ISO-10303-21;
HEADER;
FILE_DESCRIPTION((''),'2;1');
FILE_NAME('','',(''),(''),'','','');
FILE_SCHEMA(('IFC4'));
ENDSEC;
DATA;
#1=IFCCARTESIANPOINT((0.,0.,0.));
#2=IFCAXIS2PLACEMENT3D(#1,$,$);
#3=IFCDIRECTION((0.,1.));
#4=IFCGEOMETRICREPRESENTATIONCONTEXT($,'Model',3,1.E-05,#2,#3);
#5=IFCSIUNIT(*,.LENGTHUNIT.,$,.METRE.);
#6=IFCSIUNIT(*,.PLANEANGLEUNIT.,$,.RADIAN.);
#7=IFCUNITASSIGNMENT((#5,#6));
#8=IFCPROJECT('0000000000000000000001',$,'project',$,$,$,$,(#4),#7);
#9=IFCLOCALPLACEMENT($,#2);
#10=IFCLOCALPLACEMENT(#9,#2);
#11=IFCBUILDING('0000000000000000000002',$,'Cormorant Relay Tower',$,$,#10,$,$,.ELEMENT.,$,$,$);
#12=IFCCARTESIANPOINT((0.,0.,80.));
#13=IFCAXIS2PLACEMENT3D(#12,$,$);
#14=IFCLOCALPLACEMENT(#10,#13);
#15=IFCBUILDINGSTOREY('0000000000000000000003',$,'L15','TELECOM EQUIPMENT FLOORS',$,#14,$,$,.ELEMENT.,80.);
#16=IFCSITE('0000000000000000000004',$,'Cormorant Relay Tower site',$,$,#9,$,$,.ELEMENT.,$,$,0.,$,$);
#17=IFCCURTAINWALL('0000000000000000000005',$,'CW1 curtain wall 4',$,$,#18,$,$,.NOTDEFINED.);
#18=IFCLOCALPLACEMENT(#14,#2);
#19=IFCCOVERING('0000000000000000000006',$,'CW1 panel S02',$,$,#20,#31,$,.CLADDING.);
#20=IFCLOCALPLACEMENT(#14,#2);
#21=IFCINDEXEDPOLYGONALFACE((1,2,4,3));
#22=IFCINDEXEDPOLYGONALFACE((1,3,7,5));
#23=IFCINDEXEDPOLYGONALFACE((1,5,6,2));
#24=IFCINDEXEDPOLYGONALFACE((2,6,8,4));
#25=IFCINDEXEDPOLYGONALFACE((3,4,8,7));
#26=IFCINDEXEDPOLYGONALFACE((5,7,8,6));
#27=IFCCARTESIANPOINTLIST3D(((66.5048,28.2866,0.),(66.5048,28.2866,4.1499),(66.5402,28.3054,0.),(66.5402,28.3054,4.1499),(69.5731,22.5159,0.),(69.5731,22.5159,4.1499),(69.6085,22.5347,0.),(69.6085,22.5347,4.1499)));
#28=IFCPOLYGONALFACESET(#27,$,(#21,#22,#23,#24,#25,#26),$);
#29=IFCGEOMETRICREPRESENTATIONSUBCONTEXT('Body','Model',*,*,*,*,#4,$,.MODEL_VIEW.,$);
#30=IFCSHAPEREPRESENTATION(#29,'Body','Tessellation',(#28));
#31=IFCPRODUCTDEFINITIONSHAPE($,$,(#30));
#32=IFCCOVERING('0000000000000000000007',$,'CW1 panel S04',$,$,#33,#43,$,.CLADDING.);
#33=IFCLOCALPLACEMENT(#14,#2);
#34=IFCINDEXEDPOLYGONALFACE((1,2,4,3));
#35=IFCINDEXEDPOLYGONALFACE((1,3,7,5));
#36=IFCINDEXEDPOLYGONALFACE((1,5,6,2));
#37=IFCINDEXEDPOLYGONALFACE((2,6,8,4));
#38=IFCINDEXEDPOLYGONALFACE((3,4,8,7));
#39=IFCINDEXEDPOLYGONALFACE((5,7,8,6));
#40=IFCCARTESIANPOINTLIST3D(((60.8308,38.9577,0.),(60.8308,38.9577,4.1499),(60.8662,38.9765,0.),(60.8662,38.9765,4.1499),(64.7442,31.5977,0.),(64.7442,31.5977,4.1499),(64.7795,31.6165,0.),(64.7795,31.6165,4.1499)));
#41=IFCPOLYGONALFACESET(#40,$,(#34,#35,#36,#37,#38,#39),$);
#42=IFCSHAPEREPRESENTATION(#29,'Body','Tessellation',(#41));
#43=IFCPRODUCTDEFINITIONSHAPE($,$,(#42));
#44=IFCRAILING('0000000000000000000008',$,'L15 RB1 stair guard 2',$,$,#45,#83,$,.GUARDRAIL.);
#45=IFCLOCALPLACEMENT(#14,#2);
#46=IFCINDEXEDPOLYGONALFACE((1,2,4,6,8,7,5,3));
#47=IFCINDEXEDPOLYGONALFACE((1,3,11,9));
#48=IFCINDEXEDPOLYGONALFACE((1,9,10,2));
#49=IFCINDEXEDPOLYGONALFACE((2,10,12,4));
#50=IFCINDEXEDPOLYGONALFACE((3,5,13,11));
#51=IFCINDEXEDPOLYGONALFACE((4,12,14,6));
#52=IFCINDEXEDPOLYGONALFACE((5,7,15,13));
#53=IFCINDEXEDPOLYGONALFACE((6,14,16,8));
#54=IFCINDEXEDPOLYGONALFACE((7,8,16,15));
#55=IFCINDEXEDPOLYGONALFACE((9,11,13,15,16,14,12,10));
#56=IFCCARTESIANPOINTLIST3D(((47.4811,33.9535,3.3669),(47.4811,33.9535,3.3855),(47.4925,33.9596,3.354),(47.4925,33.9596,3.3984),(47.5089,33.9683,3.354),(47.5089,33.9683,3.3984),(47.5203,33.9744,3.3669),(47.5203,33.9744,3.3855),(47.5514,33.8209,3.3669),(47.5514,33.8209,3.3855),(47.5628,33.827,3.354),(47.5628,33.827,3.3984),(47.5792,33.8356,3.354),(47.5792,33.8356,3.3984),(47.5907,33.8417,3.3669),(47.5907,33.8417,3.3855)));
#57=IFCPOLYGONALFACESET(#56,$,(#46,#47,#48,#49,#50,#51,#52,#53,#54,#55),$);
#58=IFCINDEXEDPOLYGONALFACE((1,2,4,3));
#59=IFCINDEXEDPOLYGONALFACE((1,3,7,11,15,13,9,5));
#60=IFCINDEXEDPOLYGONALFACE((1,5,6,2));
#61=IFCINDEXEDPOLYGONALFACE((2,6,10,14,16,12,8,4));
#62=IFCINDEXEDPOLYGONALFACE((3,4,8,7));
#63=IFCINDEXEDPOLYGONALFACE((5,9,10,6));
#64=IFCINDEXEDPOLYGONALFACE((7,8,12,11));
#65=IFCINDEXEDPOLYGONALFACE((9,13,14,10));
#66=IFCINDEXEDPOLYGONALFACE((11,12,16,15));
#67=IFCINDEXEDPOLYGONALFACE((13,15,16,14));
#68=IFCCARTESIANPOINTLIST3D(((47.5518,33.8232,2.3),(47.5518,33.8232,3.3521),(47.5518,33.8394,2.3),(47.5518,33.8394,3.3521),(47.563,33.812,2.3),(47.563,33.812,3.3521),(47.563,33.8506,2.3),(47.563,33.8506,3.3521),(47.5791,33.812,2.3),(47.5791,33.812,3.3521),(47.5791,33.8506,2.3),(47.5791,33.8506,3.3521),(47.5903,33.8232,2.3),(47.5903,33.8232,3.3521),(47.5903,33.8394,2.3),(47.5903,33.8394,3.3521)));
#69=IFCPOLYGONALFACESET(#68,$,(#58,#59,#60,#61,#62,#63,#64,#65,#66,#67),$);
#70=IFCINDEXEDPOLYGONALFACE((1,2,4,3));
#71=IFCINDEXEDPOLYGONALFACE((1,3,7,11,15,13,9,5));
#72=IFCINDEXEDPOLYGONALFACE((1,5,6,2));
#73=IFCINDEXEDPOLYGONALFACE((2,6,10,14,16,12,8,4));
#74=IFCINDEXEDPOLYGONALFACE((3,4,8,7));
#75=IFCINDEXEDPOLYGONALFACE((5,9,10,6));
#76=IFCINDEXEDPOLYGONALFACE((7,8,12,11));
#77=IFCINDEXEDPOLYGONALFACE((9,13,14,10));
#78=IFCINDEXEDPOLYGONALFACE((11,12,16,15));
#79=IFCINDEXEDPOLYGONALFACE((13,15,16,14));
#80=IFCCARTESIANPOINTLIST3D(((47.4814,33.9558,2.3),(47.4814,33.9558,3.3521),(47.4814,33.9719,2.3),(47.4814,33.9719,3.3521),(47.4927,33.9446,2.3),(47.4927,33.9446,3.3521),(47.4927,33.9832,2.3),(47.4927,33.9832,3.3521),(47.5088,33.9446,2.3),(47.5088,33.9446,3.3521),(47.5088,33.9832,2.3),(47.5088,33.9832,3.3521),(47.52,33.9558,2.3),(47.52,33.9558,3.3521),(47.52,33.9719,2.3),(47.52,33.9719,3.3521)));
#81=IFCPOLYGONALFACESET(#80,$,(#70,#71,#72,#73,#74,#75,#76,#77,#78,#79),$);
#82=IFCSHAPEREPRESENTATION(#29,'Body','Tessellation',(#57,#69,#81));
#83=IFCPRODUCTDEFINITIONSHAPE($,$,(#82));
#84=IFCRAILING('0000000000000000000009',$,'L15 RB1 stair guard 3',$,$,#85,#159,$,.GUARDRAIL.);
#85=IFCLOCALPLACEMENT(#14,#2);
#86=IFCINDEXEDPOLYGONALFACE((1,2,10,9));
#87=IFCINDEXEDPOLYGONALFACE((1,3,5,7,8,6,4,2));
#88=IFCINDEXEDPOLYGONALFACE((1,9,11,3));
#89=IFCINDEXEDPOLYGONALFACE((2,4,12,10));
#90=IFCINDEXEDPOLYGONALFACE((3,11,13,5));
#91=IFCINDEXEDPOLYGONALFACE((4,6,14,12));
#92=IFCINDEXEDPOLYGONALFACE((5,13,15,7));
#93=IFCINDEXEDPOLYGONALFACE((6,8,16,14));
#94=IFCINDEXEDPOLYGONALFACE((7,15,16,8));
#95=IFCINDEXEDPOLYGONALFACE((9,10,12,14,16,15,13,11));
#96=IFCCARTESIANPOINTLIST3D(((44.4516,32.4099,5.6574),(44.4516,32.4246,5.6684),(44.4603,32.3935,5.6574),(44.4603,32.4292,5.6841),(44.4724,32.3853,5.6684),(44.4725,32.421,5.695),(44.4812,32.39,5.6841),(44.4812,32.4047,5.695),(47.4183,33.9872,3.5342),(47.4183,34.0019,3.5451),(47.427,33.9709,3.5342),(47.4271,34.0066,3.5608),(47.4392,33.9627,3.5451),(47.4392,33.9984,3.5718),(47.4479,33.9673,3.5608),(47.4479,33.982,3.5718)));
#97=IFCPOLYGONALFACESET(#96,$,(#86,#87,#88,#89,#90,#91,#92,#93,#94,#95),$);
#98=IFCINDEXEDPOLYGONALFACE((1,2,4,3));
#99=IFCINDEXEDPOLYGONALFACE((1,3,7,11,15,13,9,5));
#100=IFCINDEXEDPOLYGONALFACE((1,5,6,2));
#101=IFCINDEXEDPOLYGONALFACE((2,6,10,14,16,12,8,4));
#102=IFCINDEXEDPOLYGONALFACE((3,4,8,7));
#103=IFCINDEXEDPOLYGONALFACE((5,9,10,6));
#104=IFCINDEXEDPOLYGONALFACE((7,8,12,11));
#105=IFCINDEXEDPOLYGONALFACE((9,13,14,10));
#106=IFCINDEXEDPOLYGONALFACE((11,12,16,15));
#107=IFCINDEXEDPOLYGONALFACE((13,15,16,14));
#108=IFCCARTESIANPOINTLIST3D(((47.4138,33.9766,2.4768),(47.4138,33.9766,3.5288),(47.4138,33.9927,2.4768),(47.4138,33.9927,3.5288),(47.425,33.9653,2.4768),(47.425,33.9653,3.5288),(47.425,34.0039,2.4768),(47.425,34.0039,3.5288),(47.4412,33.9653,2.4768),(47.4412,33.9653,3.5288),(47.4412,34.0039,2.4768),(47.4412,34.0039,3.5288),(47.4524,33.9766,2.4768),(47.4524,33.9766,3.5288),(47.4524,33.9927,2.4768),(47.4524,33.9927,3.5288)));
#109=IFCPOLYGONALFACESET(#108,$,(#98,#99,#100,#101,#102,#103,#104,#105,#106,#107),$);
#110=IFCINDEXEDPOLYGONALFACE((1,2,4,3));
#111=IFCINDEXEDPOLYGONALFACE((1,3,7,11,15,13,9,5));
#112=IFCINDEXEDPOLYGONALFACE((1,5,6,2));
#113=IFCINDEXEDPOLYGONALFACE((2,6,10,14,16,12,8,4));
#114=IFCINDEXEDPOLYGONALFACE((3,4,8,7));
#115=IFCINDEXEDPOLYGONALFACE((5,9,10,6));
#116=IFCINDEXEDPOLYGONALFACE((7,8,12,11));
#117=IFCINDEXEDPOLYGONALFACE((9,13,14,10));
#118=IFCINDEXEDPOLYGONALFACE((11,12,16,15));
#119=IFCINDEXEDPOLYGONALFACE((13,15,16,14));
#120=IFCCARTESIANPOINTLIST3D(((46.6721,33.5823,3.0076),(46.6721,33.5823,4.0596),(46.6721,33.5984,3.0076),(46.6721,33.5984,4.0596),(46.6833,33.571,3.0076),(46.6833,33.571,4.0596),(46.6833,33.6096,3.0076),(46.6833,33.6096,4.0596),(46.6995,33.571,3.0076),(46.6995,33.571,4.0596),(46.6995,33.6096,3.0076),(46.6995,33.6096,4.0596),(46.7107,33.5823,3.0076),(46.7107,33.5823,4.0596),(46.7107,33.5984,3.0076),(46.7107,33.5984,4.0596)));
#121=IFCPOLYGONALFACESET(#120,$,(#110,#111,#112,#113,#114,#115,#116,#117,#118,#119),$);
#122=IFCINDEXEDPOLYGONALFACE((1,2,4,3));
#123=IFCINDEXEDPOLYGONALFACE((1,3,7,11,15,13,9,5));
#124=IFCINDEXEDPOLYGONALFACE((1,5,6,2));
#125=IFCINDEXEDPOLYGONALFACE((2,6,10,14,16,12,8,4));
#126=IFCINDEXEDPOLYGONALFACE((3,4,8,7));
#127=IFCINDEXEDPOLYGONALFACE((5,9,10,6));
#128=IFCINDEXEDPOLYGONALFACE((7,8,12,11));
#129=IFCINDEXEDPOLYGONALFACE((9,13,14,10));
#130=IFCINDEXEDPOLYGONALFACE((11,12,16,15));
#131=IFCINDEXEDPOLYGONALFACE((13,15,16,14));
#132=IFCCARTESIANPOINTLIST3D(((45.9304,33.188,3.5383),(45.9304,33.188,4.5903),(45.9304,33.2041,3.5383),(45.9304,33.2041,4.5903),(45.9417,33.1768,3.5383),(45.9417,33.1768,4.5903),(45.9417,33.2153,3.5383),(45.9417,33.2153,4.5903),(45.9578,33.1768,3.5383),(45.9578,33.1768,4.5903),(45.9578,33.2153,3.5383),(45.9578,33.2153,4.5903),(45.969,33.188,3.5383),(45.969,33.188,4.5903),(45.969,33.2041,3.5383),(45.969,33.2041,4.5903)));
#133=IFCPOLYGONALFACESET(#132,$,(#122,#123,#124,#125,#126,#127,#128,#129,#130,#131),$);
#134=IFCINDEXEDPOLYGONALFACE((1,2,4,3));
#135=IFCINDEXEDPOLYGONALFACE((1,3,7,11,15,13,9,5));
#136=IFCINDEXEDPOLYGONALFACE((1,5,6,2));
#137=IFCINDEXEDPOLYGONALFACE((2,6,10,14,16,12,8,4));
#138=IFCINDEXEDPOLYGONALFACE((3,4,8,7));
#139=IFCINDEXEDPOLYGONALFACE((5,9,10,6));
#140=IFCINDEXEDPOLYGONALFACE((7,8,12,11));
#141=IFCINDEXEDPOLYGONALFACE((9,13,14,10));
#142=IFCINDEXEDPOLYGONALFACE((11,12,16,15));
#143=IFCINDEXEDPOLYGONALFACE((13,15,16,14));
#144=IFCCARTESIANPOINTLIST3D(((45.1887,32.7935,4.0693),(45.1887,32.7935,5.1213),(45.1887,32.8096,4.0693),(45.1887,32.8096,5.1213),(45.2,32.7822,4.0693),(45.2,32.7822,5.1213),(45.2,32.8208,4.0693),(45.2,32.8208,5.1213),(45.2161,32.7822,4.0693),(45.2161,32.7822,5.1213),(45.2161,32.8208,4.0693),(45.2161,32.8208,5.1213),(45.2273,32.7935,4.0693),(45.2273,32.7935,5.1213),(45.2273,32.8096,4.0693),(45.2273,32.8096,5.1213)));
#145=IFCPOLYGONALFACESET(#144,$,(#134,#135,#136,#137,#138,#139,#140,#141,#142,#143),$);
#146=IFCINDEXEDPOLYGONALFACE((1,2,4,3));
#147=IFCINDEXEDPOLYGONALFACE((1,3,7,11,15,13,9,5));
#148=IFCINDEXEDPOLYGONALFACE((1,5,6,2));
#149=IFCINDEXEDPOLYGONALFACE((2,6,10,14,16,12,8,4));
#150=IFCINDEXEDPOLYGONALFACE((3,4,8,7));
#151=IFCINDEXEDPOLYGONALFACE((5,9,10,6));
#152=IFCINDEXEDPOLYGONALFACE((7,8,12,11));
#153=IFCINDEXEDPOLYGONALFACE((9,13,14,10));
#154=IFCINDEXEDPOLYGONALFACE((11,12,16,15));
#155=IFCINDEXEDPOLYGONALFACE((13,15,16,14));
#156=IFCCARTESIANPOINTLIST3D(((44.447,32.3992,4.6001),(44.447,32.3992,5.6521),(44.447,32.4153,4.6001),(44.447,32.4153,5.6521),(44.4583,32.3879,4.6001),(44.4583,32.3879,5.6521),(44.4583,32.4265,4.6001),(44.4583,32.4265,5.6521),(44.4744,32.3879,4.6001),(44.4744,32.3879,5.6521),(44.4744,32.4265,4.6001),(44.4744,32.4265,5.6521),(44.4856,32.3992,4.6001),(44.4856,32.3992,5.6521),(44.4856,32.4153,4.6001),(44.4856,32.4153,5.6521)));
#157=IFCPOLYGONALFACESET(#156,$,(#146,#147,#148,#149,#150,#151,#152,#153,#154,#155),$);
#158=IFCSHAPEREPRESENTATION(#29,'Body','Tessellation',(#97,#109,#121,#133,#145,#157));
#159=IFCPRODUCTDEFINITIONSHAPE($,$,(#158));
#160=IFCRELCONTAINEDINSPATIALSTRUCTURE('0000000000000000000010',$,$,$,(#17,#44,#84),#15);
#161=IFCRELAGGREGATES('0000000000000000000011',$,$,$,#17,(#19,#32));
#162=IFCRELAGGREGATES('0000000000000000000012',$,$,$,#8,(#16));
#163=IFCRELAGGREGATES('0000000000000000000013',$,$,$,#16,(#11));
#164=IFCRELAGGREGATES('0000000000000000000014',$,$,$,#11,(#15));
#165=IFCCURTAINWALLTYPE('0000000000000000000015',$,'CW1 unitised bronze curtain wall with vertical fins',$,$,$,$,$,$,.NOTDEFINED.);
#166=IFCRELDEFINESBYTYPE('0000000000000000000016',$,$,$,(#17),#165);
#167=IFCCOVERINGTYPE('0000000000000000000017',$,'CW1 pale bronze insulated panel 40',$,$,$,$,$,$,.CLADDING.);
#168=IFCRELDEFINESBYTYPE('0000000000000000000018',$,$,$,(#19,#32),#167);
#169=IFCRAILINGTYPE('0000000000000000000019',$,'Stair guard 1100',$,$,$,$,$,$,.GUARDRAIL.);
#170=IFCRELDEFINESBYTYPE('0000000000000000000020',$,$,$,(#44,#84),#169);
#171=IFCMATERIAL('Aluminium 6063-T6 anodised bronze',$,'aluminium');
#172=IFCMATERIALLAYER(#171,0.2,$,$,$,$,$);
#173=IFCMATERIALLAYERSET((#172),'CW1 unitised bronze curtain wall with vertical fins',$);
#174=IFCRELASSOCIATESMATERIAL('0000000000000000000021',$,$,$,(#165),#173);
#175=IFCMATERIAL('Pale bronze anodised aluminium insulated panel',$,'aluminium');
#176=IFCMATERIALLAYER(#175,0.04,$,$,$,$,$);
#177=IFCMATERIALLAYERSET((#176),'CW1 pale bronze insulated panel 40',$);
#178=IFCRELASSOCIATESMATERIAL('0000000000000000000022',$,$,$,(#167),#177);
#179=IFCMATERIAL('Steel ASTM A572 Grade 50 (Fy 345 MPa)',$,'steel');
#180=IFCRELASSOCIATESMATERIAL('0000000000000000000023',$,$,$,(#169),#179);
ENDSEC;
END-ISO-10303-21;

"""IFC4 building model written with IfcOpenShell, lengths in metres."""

from ifc_helpers import new_model, si_unit, direction, frame, origin, origin_2d, place, context, subcontext, project, spatial, polyline, rectangle, outline, extrude, material, layer, layer_set, type_object, element, aggregate, save


model = new_model("IFC4")

# Units and contexts
model_context = context("Model", 3, precision=1e-05, world=origin(), true_north=direction((0.0, 1.0)))
body_context = subcontext(model_context, "Body", "Model", "MODEL_VIEW")
ifc_project = project(units=[si_unit("LENGTHUNIT", "METRE"), si_unit("PLANEANGLEUNIT", "RADIAN")], contexts=[model_context])

# Site, building, storey
site_placement = place(None, origin())
site = spatial("IfcSite", under=ifc_project, at=site_placement, Name="Cormorant Relay Tower site", CompositionType="ELEMENT", RefElevation=0.0)
building_placement = place(site_placement, origin())
building = spatial("IfcBuilding", under=site, at=building_placement, Name="Cormorant Relay Tower", CompositionType="ELEMENT")
storey_placement = place(building_placement, frame((0.0, 0.0, 80.0)))
storey = spatial("IfcBuildingStorey", under=building, at=storey_placement, Name="L15", Description="TELECOM EQUIPMENT FLOORS", CompositionType="ELEMENT", Elevation=80.0)

# Curtain wall
ifc_material_1 = material(Name="Aluminium 6063-T6 anodised bronze", Category="aluminium")
ifc_layer_1 = layer(ifc_material_1, 0.2)
ifc_layer_set_1 = layer_set([ifc_layer_1], Name="CW1 unitised bronze curtain wall with vertical fins")
curtain_wall_type = type_object("IfcCurtainWallType", Name="CW1 unitised bronze curtain wall with vertical fins", PredefinedType="NOTDEFINED", material=ifc_layer_set_1)
curtain_wall_placement = place(storey_placement, origin())
curtain_wall = element("IfcCurtainWall", 1, at=curtain_wall_placement, inside=storey, type_object=curtain_wall_type, Name="CW1 curtain wall 4", PredefinedType="NOTDEFINED")

# Coverings
ifc_material_2 = material(Name="Pale bronze anodised aluminium insulated panel", Category="aluminium")
ifc_layer_2 = layer(ifc_material_2, 0.04)
ifc_layer_set_2 = layer_set([ifc_layer_2], Name="CW1 pale bronze insulated panel 40")
covering_type = type_object("IfcCoveringType", Name="CW1 pale bronze insulated panel 40", PredefinedType="CLADDING", material=ifc_layer_set_2)
covering_1_placement = place(storey_placement, frame((68.0566, 25.4106, 0.0), z_axis=(0.0, 0.0, 1.0), x_axis=(-0.469472, 0.882948, 0.0)))
covering_1 = element("IfcCovering", 2, at=covering_1_placement, type_object=covering_type, Name="CW1 panel S02", PredefinedType="CLADDING", context=body_context, shape_type="SweptSolid", body=[
    extrude(rectangle(XDim=6.5356, YDim=0.04, at=origin_2d()), origin(), (0.0, 0.0, 1.0), 4.1499),
])
covering_2_placement = place(storey_placement, frame((62.8052, 35.2871, 0.0), z_axis=(0.0, 0.0, 1.0), x_axis=(-0.469472, 0.882948, 0.0)))
covering_2 = element("IfcCovering", 3, at=covering_2_placement, type_object=covering_type, Name="CW1 panel S04", PredefinedType="CLADDING", context=body_context, shape_type="SweptSolid", body=[
    extrude(rectangle(XDim=8.3357, YDim=0.04, at=origin_2d()), origin(), (0.0, 0.0, 1.0), 4.1499),
])
aggregate(curtain_wall, [covering_1, covering_2])

# Railings
ifc_material_3 = material(Name="Steel ASTM A572 Grade 50 (Fy 345 MPa)", Category="steel")
railing_type_1 = type_object("IfcRailingType", Name="Stair guard 1100", PredefinedType="GUARDRAIL", material=ifc_material_3)
railing_1_placement = place(storey_placement, frame((47.571, 33.8313, 2.3)))
element("IfcRailing", 4, at=railing_1_placement, inside=storey, type_object=railing_type_1, Name="L15 RB1 stair guard 2", PredefinedType="GUARDRAIL", context=body_context, shape_type="SweptSolid", body=[
    extrude(outline(polyline([(0.0222, 0.0093), (0.0093, 0.0222), (-0.0093, 0.0222), (-0.0222, 0.0093), (-0.0222, -0.0093), (-0.0093, -0.0222), (0.0093, -0.0222), (0.0222, -0.0093), (0.0222, 0.0093)])), frame((0.0, 0.0, 1.0762), z_axis=(-0.46856, 0.883431, 0.0), x_axis=(-0.883431, -0.46856, 0.0)), (0.0, 0.0, 1.0), 0.1501),
    extrude(outline(polyline([(0.0193, 0.0081), (0.0081, 0.0193), (-0.0081, 0.0193), (-0.0193, 0.0081), (-0.0193, -0.0081), (-0.0081, -0.0193), (0.0081, -0.0193), (0.0193, -0.0081), (0.0193, 0.0081)])), origin(), (0.0, 0.0, 1.0), 1.052),
    extrude(outline(polyline([(0.0193, 0.0081), (0.0081, 0.0193), (-0.0081, 0.0193), (-0.0193, 0.0081), (-0.0193, -0.0081), (-0.0081, -0.0193), (0.0081, -0.0193), (0.0193, -0.0081), (0.0193, 0.0081)])), frame((-0.0703, 0.1326, 0.0)), (0.0, 0.0, 1.0), 1.052),
])
railing_2_placement = place(storey_placement, frame((47.4331, 33.9846, 2.4768)))
element("IfcRailing", 5, at=railing_2_placement, inside=storey, type_object=railing_type_1, Name="L15 RB1 stair guard 3", PredefinedType="GUARDRAIL", context=body_context, shape_type="SweptSolid", body=[
    extrude(outline(polyline([(0.0222, 0.0093), (0.0093, 0.0222), (-0.0093, 0.0222), (-0.0222, 0.0093), (-0.0222, -0.0093), (-0.0093, -0.0222), (0.0093, -0.0222), (0.0222, -0.0093), (0.0222, 0.0093)])), frame((0.0, 0.0, 1.0762), z_axis=(-0.746416, -0.396856, 0.534199), x_axis=(0.469453, -0.882958, 0.0)), (0.0, 0.0, 1.0), 3.9746),
    extrude(outline(polyline([(0.0193, 0.0081), (0.0081, 0.0193), (-0.0081, 0.0193), (-0.0193, 0.0081), (-0.0193, -0.0081), (-0.0081, -0.0193), (0.0081, -0.0193), (0.0193, -0.0081), (0.0193, 0.0081)])), origin(), (0.0, 0.0, 1.0), 1.052),
    extrude(outline(polyline([(0.0193, 0.0081), (0.0081, 0.0193), (-0.0081, 0.0193), (-0.0193, 0.0081), (-0.0193, -0.0081), (-0.0081, -0.0193), (0.0081, -0.0193), (0.0193, -0.0081), (0.0193, 0.0081)])), frame((-0.7417, -0.3943, 0.5308)), (0.0, 0.0, 1.0), 1.052),
    extrude(outline(polyline([(0.0193, 0.0081), (0.0081, 0.0193), (-0.0081, 0.0193), (-0.0193, 0.0081), (-0.0193, -0.0081), (-0.0081, -0.0193), (0.0081, -0.0193), (0.0193, -0.0081), (0.0193, 0.0081)])), frame((-1.4834, -0.7886, 1.0615)), (0.0, 0.0, 1.0), 1.052),
    extrude(outline(polyline([(0.0193, 0.0081), (0.0081, 0.0193), (-0.0081, 0.0193), (-0.0193, 0.0081), (-0.0193, -0.0081), (-0.0081, -0.0193), (0.0081, -0.0193), (0.0193, -0.0081), (0.0193, 0.0081)])), frame((-2.2251, -1.1831, 1.5925)), (0.0, 0.0, 1.0), 1.052),
    extrude(outline(polyline([(0.0193, 0.0081), (0.0081, 0.0193), (-0.0081, 0.0193), (-0.0193, 0.0081), (-0.0193, -0.0081), (-0.0081, -0.0193), (0.0081, -0.0193), (0.0193, -0.0081), (0.0193, 0.0081)])), frame((-2.9668, -1.5774, 2.1233)), (0.0, 0.0, 1.0), 1.052),
])

save(model, "model.ifc")
